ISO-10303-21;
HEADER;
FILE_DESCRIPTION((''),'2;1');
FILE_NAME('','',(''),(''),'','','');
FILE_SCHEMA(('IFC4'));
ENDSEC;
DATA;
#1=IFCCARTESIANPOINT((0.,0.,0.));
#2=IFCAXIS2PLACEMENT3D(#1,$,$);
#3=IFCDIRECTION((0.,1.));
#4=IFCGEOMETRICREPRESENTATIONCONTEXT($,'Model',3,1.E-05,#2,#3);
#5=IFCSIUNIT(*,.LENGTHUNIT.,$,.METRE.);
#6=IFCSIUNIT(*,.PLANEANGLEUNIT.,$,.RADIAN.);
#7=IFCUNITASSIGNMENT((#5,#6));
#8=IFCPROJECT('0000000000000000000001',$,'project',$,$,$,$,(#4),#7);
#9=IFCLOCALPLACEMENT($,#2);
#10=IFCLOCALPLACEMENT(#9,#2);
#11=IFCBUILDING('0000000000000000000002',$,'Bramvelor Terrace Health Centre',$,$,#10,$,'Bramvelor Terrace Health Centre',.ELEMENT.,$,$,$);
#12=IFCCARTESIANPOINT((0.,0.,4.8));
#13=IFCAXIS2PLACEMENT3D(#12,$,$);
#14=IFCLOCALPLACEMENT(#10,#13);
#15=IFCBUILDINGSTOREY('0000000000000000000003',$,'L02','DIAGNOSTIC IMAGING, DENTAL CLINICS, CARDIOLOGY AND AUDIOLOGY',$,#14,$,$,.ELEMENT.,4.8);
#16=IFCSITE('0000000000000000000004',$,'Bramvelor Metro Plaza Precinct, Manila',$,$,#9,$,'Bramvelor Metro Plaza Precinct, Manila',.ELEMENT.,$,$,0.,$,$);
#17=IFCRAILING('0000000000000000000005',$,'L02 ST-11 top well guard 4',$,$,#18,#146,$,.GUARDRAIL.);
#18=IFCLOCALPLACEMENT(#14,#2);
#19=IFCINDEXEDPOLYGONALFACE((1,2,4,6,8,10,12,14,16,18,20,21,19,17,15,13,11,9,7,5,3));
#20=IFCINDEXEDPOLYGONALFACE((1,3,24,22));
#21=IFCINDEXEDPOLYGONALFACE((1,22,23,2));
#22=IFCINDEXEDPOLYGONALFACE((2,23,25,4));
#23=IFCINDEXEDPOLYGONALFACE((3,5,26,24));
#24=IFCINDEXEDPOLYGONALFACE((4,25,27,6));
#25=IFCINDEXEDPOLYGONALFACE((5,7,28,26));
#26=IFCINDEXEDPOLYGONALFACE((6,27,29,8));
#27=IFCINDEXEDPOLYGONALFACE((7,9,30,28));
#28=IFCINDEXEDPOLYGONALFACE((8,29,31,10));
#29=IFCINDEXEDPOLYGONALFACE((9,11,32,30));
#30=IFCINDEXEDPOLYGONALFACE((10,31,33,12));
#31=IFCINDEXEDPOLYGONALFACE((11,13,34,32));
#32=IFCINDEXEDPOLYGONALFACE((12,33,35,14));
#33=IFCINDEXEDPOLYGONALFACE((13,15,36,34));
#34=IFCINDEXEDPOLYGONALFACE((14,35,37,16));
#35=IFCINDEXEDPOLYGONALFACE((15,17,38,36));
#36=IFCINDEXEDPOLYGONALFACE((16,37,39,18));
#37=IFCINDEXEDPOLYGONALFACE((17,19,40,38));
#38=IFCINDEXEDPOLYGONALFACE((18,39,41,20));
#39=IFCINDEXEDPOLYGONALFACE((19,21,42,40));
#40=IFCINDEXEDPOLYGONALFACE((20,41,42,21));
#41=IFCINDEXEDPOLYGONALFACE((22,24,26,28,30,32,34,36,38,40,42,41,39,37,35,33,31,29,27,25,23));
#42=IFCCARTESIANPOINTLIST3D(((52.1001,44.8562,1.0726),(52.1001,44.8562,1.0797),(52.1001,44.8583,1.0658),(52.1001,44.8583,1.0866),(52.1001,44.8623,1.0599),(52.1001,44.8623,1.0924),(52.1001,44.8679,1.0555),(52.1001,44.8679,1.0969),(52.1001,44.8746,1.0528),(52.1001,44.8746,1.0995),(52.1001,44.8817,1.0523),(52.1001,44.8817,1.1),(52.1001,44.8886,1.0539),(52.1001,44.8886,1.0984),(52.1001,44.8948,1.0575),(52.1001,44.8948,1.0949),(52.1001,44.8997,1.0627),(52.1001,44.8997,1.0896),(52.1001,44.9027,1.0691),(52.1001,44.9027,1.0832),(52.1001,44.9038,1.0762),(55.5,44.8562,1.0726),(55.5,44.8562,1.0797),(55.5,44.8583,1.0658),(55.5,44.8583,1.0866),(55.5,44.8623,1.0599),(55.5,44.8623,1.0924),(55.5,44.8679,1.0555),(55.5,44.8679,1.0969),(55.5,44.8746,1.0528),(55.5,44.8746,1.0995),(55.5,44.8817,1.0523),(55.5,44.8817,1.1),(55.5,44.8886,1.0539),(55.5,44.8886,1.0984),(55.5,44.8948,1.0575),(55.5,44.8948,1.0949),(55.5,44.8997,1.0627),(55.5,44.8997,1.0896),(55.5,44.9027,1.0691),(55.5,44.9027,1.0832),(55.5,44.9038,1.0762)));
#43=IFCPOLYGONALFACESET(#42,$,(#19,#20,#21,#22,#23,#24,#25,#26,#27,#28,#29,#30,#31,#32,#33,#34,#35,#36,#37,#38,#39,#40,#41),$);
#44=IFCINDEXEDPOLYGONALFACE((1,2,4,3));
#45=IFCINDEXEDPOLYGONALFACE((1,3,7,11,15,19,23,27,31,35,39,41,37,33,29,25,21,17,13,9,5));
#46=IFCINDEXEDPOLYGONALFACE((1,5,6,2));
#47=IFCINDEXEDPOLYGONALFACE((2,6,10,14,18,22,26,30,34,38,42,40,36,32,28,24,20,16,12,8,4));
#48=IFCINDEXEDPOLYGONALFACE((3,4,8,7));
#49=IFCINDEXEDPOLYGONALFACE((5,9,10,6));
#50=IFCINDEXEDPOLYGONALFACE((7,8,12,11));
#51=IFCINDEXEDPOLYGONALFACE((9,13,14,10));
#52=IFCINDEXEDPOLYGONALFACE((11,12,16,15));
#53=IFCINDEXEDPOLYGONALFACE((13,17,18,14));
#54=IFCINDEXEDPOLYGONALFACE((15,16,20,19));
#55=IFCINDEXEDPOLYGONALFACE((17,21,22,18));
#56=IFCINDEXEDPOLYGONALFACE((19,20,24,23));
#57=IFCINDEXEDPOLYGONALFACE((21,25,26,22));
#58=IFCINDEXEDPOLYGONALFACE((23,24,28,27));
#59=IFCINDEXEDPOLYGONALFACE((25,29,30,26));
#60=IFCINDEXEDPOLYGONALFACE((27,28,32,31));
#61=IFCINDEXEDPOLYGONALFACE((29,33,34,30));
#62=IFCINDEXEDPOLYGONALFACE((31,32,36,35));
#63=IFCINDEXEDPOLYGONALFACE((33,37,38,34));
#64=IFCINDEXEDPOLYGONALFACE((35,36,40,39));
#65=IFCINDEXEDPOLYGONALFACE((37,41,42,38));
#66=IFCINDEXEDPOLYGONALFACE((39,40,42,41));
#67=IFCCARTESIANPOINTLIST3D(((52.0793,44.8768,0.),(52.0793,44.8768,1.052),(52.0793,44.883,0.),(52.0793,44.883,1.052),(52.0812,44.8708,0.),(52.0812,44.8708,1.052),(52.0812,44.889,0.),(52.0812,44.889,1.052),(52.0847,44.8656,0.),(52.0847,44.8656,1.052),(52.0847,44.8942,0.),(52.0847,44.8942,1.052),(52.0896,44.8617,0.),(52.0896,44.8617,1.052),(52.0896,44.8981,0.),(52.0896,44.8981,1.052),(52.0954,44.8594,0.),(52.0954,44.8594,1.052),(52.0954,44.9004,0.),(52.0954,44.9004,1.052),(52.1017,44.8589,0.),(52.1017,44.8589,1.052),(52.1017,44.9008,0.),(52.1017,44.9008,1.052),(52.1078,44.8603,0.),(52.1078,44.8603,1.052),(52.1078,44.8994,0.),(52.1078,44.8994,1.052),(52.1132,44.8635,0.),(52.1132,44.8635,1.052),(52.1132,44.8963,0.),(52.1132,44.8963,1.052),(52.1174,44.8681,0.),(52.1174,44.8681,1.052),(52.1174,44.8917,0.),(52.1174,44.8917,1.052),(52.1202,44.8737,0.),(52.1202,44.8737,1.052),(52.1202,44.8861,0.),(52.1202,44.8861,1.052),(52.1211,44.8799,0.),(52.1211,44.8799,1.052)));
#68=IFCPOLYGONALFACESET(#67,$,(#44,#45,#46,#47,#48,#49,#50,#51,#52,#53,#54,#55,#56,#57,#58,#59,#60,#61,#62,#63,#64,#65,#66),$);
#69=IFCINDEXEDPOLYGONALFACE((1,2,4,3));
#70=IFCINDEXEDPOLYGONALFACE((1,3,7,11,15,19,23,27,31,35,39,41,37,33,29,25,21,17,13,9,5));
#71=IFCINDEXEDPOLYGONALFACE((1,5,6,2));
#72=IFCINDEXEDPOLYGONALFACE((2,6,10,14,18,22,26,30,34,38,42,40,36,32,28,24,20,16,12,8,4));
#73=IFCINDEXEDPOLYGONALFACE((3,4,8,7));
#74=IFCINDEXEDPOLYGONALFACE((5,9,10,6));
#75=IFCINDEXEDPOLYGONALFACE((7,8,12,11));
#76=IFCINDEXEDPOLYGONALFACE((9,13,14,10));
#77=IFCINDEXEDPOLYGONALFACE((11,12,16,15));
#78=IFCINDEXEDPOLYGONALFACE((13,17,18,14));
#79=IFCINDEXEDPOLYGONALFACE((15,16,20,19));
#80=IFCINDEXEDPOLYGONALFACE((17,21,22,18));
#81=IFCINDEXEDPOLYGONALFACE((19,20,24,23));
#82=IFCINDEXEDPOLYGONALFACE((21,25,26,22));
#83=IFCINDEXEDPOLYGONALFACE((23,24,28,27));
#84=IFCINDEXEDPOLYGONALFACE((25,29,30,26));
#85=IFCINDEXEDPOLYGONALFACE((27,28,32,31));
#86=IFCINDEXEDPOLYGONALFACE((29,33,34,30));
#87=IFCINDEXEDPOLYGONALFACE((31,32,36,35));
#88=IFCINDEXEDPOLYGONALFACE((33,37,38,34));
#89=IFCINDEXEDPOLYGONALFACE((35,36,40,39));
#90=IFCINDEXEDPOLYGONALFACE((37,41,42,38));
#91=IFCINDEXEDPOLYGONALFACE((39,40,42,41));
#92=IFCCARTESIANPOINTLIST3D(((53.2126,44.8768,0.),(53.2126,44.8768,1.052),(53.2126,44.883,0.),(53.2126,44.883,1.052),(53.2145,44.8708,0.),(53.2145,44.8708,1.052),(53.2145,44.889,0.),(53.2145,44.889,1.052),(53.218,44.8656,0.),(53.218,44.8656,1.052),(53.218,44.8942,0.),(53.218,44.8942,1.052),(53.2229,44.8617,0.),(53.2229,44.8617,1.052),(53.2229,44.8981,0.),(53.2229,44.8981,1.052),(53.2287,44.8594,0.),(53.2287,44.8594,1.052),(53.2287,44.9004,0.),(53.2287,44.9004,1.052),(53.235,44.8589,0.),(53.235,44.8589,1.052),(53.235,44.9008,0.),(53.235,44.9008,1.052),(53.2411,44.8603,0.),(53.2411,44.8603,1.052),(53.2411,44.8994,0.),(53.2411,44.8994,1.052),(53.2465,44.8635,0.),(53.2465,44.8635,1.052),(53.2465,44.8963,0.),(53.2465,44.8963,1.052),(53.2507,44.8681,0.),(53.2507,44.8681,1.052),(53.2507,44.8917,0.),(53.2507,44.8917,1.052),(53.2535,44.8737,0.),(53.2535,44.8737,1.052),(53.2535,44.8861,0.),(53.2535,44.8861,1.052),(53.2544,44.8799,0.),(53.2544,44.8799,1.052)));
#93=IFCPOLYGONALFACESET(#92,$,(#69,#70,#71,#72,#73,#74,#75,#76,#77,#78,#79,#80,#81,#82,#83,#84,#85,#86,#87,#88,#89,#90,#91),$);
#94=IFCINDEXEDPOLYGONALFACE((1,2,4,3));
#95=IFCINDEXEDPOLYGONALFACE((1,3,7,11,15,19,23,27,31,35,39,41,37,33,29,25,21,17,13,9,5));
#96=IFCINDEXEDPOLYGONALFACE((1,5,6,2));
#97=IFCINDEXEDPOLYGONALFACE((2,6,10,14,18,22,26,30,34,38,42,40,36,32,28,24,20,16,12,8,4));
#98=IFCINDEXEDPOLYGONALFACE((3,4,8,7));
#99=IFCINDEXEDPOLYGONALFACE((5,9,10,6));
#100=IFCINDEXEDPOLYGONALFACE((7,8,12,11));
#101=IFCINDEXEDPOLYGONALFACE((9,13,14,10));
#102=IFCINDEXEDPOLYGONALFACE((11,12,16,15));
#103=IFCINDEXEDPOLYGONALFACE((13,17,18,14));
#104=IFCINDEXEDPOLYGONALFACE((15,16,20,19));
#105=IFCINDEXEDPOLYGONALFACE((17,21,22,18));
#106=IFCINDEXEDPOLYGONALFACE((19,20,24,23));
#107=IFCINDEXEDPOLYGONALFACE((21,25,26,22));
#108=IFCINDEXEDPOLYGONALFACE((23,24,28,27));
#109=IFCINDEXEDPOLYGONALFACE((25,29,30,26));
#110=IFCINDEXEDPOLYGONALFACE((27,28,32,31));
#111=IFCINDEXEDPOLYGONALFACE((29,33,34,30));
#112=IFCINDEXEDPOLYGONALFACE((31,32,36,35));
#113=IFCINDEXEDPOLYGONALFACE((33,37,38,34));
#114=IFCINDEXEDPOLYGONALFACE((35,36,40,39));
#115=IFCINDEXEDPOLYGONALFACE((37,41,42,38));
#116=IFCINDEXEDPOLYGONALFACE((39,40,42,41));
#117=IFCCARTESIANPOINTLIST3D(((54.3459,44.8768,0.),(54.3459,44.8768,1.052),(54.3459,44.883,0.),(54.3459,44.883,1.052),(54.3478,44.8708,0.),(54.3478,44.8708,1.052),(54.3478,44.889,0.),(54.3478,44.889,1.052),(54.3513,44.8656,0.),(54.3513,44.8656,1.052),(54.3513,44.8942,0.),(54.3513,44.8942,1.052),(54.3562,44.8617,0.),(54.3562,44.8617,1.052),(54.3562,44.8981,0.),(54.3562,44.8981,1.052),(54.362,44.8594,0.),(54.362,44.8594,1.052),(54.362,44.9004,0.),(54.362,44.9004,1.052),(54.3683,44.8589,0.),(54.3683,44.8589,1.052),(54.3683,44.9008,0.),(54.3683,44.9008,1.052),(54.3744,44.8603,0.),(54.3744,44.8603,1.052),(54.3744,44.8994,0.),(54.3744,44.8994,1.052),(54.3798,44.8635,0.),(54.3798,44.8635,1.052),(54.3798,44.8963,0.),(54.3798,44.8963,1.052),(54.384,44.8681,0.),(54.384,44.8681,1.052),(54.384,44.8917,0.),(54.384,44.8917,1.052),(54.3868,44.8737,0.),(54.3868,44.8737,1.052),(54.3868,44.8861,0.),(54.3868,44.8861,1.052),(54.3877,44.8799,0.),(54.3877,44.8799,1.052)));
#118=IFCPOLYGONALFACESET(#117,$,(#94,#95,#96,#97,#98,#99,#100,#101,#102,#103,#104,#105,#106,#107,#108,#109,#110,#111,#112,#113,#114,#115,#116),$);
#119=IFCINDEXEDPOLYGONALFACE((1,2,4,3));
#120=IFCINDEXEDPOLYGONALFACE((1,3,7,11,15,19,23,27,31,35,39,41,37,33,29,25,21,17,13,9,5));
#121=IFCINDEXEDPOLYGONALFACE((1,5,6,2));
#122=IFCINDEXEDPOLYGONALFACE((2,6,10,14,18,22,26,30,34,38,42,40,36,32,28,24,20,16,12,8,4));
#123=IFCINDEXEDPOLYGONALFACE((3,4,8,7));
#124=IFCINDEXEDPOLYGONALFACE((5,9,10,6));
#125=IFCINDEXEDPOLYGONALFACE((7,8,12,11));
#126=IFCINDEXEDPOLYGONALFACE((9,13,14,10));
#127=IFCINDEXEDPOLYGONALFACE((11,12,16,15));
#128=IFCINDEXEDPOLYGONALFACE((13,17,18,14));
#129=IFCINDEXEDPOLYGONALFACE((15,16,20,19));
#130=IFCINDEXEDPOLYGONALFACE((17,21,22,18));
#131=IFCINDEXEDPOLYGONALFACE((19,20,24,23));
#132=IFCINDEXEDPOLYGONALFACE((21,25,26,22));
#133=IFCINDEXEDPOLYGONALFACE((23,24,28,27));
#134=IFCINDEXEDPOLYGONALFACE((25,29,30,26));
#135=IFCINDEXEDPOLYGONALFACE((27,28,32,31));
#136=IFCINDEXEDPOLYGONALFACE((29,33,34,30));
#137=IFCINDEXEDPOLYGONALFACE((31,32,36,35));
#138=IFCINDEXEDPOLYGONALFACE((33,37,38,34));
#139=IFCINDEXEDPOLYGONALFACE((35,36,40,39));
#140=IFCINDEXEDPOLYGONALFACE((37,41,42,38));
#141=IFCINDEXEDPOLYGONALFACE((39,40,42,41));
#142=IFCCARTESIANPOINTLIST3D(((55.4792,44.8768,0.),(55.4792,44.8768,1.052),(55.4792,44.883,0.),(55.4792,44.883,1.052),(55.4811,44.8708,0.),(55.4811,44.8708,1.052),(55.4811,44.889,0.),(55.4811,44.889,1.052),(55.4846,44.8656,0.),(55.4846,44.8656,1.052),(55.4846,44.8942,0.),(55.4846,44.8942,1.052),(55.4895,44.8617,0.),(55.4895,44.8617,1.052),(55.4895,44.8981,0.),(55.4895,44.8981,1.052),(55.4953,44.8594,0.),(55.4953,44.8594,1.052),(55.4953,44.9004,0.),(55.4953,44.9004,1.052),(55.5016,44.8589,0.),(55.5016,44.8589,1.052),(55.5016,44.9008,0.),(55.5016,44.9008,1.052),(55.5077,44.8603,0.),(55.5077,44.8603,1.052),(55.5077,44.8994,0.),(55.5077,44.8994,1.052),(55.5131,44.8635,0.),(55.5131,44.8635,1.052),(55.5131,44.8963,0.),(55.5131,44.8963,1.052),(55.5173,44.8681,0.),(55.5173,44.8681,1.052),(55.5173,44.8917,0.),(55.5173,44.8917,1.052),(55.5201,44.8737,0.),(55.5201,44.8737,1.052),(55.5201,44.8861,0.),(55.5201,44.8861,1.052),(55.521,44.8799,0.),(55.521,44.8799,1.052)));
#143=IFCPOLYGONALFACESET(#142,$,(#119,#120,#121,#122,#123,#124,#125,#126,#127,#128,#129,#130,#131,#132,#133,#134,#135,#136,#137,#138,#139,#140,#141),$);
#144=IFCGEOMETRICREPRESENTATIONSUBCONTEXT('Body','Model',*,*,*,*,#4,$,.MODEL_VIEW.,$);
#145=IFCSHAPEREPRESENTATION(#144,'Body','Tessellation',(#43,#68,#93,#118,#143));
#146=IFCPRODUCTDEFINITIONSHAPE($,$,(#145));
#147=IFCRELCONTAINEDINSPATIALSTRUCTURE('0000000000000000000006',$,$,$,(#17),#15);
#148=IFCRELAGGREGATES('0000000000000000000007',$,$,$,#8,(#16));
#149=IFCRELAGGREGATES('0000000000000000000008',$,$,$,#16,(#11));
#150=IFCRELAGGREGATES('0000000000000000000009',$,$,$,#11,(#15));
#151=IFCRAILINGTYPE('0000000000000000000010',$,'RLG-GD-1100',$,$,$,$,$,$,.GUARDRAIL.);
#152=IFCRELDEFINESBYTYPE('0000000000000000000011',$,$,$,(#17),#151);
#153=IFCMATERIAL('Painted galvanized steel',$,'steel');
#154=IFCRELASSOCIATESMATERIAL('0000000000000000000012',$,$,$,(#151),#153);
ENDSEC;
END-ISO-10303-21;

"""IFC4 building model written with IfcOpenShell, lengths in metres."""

from ifc_helpers import new_model, si_unit, direction, frame, origin, origin_2d, place, context, subcontext, project, spatial, circle, extrude, material, type_object, element, save


model = new_model("IFC4")

# Units and contexts
model_context = context("Model", 3, precision=1e-05, world=origin(), true_north=direction((0.0, 1.0)))
body_context = subcontext(model_context, "Body", "Model", "MODEL_VIEW")
ifc_project = project(units=[si_unit("LENGTHUNIT", "METRE"), si_unit("PLANEANGLEUNIT", "RADIAN")], contexts=[model_context])

# Site, building, storey
site_placement = place(None, origin())
site = spatial("IfcSite", under=ifc_project, at=site_placement, Name="Bramvelor Metro Plaza Precinct, Manila", LongName="Bramvelor Metro Plaza Precinct, Manila", CompositionType="ELEMENT", RefElevation=0.0)
building_placement = place(site_placement, origin())
building = spatial("IfcBuilding", under=site, at=building_placement, Name="Bramvelor Terrace Health Centre", LongName="Bramvelor Terrace Health Centre", CompositionType="ELEMENT")
storey_placement = place(building_placement, frame((0.0, 0.0, 4.8)))
storey = spatial("IfcBuildingStorey", under=building, at=storey_placement, Name="L02", Description="DIAGNOSTIC IMAGING, DENTAL CLINICS, CARDIOLOGY AND AUDIOLOGY", CompositionType="ELEMENT", Elevation=4.8)

# Railing
ifc_material_1 = material(Name="Painted galvanized steel", Category="steel")
railing_type = type_object("IfcRailingType", Name="RLG-GD-1100", PredefinedType="GUARDRAIL", material=ifc_material_1)
railing_1_placement = place(storey_placement, frame((52.1001, 44.8799, 0.0)))
element("IfcRailing", 1, at=railing_1_placement, inside=storey, type_object=railing_type, Name="L02 ST-11 top well guard 4", PredefinedType="GUARDRAIL", context=body_context, shape_type="SweptSolid", body=[
    extrude(circle(Radius=0.0239, at=origin_2d()), frame((0.0, 0.0, 1.0762), z_axis=(1.0, 0.0, 0.0), x_axis=(0.0, 1.0, 0.0)), (0.0, 0.0, 1.0), 3.3999),
    extrude(circle(Radius=0.021, at=origin_2d()), origin(), (0.0, 0.0, 1.0), 1.052),
    extrude(circle(Radius=0.021, at=origin_2d()), frame((1.1333, 0.0, 0.0)), (0.0, 0.0, 1.0), 1.052),
    extrude(circle(Radius=0.021, at=origin_2d()), frame((2.2666, 0.0, 0.0)), (0.0, 0.0, 1.0), 1.052),
    extrude(circle(Radius=0.021, at=origin_2d()), frame((3.3999, 0.0, 0.0)), (0.0, 0.0, 1.0), 1.052),
])

save(model, "model.ifc")
